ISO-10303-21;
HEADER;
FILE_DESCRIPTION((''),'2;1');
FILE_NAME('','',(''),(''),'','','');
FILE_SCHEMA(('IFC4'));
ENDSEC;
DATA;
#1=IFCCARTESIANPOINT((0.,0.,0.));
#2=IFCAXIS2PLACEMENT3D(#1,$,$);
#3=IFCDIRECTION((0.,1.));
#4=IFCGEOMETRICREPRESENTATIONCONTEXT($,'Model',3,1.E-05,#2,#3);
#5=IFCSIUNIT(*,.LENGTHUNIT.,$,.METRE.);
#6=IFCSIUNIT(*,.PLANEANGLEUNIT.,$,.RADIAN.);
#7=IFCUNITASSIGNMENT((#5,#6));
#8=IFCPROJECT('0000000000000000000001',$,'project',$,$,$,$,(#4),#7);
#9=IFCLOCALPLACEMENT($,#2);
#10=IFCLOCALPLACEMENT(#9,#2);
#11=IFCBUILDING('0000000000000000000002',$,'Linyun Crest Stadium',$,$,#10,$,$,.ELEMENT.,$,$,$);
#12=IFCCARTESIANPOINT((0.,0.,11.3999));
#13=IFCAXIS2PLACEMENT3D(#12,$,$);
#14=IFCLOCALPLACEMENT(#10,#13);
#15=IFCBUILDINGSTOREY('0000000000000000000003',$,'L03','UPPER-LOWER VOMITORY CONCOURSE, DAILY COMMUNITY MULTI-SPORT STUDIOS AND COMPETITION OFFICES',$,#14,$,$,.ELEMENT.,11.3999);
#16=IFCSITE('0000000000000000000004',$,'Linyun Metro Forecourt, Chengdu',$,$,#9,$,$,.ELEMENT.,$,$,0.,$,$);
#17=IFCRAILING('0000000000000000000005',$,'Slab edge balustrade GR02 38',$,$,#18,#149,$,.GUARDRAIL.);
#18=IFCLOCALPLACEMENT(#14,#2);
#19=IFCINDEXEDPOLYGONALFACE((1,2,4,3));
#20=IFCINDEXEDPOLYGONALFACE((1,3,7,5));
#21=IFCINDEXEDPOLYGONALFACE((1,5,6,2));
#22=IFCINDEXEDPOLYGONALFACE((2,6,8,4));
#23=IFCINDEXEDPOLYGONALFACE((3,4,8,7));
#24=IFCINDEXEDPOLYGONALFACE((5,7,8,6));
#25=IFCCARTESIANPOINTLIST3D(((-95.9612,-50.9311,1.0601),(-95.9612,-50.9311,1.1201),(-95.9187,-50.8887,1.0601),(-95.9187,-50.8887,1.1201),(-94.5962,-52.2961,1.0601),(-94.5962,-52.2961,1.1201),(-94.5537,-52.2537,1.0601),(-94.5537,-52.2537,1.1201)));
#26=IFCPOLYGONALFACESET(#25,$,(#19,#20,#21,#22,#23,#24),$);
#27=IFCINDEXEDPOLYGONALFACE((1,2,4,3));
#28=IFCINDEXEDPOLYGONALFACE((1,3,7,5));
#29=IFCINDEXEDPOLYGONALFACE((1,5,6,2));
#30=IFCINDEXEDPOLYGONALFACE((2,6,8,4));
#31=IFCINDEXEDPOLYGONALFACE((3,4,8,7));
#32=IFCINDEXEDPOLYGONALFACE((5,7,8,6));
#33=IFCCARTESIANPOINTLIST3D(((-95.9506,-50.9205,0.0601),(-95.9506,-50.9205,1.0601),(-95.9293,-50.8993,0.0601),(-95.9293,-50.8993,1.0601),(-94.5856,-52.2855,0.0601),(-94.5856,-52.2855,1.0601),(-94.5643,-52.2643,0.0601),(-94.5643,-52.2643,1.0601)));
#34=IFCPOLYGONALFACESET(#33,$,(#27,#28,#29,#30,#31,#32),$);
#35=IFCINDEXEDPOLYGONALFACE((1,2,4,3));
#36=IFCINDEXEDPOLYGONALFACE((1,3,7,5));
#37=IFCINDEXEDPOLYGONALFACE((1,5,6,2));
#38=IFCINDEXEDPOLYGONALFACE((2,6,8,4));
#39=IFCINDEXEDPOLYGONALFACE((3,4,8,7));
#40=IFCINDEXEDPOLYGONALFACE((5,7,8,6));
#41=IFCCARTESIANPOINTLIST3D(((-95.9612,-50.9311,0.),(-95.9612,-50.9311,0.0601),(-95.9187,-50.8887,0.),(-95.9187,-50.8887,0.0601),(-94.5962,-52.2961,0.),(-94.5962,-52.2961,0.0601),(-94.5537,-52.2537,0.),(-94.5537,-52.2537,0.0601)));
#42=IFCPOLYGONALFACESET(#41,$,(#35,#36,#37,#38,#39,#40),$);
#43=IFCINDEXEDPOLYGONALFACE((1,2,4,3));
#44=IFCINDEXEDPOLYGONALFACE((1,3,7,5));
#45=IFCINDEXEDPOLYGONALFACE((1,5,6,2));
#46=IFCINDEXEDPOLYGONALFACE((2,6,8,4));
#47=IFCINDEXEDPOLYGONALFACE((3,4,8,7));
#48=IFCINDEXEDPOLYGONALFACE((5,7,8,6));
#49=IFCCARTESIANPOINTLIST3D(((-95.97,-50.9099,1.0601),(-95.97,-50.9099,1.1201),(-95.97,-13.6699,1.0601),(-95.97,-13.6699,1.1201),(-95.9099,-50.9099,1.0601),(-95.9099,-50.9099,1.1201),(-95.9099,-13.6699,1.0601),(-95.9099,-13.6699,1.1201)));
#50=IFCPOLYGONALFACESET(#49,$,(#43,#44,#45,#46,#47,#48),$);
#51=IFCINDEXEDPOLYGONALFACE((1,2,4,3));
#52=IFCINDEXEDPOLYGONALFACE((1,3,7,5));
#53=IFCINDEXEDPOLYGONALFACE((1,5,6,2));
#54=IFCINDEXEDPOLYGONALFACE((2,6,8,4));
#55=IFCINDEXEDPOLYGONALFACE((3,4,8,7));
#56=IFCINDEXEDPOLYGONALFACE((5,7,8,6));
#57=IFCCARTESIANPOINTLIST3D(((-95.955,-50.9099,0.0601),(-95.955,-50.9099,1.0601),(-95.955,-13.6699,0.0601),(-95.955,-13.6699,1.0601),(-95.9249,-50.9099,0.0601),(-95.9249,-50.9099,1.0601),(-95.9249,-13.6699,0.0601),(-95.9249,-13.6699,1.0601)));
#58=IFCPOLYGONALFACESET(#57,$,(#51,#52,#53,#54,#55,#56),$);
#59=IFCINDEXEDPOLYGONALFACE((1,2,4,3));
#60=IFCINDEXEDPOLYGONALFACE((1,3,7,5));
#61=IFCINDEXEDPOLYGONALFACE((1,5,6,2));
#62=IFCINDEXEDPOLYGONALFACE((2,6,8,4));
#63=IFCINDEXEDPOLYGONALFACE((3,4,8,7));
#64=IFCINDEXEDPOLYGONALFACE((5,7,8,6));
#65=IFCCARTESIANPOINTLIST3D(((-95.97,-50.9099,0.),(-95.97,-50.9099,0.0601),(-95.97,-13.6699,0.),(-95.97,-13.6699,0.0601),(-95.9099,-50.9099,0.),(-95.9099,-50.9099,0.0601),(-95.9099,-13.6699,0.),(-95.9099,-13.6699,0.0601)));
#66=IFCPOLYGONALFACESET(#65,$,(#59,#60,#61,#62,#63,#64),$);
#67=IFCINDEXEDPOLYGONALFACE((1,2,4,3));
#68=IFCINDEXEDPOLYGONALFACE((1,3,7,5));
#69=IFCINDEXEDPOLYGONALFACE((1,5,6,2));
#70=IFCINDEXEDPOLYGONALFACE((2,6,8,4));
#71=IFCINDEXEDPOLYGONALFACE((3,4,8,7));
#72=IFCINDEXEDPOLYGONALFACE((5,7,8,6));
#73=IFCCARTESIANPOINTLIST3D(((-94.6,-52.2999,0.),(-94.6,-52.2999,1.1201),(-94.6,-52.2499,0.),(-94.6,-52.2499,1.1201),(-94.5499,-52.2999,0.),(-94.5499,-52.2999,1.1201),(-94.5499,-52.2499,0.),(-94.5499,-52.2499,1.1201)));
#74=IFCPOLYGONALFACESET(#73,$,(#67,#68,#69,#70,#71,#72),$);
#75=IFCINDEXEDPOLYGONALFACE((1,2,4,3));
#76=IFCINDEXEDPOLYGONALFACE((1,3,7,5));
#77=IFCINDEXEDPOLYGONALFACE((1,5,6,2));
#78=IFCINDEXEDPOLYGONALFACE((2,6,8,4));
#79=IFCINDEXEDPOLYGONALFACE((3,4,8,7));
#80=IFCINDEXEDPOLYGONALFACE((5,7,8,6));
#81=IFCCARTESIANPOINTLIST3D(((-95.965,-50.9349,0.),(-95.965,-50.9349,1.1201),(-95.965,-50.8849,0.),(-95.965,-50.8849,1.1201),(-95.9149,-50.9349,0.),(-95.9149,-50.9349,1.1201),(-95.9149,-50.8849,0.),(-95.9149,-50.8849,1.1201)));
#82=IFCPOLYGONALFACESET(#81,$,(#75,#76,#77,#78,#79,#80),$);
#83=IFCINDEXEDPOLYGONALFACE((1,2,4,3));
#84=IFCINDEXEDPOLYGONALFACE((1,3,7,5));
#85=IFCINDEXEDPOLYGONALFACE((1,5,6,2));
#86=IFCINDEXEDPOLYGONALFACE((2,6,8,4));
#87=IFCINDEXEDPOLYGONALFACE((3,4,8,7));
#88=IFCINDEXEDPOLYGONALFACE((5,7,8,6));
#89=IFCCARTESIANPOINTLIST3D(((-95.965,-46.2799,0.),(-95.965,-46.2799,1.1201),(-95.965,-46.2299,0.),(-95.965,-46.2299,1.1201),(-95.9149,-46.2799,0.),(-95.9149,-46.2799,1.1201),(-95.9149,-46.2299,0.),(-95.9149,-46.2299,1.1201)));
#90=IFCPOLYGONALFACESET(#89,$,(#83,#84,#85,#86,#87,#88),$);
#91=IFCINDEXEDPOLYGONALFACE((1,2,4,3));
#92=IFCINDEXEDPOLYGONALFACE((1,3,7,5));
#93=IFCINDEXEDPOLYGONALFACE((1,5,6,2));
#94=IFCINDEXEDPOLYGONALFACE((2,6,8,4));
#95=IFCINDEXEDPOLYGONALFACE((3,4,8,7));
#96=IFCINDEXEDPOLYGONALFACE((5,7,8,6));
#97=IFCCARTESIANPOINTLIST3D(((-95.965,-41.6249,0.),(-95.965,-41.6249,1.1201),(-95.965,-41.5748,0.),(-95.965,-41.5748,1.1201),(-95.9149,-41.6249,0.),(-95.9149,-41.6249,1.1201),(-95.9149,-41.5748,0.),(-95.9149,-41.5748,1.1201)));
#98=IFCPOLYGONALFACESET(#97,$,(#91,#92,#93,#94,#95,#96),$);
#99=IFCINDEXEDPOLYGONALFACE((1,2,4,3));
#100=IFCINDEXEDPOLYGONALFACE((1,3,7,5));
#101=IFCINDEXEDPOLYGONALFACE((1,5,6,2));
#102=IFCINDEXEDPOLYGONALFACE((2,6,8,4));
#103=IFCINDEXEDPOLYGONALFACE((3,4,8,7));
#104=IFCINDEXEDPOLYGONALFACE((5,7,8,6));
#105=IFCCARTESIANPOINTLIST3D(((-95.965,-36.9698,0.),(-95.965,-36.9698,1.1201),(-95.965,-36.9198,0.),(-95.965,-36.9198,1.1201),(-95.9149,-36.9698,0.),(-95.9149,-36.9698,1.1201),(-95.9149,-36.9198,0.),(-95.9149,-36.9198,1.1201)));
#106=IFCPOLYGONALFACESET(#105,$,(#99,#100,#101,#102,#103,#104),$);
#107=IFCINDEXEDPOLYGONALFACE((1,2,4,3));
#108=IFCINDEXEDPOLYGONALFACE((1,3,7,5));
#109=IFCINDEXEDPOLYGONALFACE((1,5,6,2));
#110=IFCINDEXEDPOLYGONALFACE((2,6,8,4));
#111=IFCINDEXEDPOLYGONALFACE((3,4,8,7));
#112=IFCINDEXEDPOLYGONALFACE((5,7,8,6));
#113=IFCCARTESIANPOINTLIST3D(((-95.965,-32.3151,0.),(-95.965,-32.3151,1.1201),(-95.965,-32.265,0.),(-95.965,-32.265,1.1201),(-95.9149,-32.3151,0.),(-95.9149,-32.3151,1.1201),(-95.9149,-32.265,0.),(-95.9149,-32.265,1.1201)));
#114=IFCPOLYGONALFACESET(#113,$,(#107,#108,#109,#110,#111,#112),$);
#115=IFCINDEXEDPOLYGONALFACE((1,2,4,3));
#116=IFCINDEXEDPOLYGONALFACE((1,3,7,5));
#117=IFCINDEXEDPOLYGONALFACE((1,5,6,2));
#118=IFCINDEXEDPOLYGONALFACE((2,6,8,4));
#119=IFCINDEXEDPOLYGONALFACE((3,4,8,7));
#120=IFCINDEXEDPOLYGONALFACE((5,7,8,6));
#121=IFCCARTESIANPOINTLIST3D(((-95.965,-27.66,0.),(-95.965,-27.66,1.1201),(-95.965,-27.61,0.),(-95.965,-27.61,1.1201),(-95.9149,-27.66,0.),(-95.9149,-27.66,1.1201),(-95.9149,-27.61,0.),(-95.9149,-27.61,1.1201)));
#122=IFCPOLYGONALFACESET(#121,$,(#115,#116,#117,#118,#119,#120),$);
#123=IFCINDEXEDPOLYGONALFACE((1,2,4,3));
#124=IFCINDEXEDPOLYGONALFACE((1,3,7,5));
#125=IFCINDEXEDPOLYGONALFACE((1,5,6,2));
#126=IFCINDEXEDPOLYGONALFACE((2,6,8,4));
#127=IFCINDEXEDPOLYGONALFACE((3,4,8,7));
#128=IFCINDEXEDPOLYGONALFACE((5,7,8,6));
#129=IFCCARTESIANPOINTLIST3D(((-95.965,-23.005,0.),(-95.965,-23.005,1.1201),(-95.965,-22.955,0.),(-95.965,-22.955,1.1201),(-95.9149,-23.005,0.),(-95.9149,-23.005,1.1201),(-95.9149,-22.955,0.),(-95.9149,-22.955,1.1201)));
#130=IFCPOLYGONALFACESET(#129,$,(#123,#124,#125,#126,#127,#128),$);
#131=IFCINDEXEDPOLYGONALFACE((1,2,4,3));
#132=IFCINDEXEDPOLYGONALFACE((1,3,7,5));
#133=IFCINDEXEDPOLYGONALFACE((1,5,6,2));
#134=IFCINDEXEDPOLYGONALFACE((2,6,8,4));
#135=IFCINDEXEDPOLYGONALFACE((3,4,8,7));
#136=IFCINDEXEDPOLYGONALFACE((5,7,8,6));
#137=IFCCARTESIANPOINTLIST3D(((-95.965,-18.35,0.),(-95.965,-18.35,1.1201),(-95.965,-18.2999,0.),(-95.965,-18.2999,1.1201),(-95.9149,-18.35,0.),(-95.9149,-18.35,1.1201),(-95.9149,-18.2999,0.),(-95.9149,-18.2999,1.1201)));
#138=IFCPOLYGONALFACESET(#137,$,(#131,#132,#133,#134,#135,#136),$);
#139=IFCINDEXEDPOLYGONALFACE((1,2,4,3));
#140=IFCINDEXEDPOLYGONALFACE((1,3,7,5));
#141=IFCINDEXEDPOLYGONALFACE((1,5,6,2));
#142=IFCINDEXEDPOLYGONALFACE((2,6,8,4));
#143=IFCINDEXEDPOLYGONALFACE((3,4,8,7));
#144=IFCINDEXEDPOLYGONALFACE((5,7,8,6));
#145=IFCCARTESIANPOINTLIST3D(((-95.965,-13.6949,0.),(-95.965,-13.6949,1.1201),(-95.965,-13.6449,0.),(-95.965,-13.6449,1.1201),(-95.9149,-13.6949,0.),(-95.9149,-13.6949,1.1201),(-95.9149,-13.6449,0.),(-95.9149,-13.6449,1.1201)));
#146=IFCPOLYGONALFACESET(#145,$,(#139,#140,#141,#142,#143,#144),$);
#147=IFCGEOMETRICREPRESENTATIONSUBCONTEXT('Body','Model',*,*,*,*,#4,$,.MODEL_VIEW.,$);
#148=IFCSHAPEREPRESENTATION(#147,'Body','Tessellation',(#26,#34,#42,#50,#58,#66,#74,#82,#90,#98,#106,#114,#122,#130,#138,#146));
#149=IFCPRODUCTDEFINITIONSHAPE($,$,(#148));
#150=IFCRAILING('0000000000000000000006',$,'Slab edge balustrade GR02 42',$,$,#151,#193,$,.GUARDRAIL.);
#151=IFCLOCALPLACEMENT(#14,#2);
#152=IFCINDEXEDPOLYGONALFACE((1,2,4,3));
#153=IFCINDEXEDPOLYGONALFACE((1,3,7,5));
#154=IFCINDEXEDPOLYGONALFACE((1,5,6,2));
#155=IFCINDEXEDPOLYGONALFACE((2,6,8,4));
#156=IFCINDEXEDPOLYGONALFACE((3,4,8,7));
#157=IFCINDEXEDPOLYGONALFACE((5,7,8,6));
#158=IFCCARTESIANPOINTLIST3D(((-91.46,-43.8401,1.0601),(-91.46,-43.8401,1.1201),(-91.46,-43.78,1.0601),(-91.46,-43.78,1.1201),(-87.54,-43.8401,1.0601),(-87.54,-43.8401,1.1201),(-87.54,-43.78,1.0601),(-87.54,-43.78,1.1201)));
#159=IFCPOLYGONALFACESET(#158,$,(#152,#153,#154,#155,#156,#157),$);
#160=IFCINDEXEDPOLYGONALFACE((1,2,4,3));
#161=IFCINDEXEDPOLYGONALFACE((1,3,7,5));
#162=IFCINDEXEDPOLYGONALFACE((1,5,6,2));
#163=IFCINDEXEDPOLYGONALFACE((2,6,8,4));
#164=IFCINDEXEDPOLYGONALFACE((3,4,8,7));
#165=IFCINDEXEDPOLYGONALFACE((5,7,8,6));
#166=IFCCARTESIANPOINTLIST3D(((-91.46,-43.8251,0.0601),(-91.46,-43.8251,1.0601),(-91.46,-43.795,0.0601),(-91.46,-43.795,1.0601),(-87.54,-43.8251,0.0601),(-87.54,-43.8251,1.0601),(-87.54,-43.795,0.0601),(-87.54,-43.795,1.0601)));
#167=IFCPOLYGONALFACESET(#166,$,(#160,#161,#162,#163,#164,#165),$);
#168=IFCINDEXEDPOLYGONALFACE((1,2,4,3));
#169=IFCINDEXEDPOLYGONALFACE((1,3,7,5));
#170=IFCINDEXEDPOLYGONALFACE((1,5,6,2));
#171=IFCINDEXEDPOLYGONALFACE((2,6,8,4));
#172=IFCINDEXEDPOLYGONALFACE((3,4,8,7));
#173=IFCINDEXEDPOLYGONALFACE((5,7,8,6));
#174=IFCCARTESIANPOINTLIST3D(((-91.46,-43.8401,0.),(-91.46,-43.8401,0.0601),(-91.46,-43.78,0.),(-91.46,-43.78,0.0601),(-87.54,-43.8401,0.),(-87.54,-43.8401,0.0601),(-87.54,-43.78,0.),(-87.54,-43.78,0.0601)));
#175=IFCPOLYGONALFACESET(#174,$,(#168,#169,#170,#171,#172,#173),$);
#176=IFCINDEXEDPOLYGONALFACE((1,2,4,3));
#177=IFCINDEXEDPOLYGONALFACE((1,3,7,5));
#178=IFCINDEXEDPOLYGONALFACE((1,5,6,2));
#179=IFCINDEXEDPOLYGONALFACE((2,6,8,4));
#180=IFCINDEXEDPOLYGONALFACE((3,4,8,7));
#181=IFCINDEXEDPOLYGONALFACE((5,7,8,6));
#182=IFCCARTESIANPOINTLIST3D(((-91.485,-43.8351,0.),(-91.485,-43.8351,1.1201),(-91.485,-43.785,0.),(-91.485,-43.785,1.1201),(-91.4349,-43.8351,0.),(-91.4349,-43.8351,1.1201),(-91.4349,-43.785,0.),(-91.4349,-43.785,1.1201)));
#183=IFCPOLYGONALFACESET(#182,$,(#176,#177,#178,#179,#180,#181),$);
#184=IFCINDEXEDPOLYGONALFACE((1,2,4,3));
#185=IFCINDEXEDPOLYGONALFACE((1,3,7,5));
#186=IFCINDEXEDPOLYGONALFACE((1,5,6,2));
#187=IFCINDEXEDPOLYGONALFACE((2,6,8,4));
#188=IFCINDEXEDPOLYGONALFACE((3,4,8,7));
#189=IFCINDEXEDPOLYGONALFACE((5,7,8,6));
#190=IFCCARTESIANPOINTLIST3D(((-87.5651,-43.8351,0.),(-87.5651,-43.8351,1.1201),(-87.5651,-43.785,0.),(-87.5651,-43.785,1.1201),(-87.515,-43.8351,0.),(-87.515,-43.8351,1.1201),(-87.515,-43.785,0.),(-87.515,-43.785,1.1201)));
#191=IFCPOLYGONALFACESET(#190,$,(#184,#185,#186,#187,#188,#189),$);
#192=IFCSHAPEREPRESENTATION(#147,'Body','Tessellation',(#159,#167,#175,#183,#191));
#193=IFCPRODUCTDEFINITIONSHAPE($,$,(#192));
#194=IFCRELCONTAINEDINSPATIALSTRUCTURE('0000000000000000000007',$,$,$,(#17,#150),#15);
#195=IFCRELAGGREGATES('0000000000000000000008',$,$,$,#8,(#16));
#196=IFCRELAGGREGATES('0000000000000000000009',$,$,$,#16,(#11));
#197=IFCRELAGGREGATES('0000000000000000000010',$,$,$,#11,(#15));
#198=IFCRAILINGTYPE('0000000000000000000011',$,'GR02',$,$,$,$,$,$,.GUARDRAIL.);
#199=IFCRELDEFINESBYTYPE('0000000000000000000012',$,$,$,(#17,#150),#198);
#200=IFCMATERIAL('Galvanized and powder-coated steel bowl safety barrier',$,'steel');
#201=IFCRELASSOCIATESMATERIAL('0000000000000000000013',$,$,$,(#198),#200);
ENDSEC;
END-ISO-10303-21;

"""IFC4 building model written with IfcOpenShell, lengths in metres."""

from ifc_helpers import new_model, si_unit, direction, frame, origin, origin_2d, place, context, subcontext, project, spatial, rectangle, extrude, material, type_object, element, save


model = new_model("IFC4")

# Units and contexts
model_context = context("Model", 3, precision=1e-05, world=origin(), true_north=direction((0.0, 1.0)))
body_context = subcontext(model_context, "Body", "Model", "MODEL_VIEW")
ifc_project = project(units=[si_unit("LENGTHUNIT", "METRE"), si_unit("PLANEANGLEUNIT", "RADIAN")], contexts=[model_context])

# Site, building, storey
site_placement = place(None, origin())
site = spatial("IfcSite", under=ifc_project, at=site_placement, Name="Linyun Metro Forecourt, Chengdu", CompositionType="ELEMENT", RefElevation=0.0)
building_placement = place(site_placement, origin())
building = spatial("IfcBuilding", under=site, at=building_placement, Name="Linyun Crest Stadium", CompositionType="ELEMENT")
storey_placement = place(building_placement, frame((0.0, 0.0, 11.3999)))
storey = spatial("IfcBuildingStorey", under=building, at=storey_placement, Name="L03", Description="UPPER-LOWER VOMITORY CONCOURSE, DAILY COMMUNITY MULTI-SPORT STUDIOS AND COMPETITION OFFICES", CompositionType="ELEMENT", Elevation=11.3999)

# Railings
ifc_material_1 = material(Name="Galvanized and powder-coated steel bowl safety barrier", Category="steel")
railing_type_1 = type_object("IfcRailingType", Name="GR02", PredefinedType="GUARDRAIL", material=ifc_material_1)
railing_1_placement = place(storey_placement, frame((-94.575, -52.2749, 0.0)))
element("IfcRailing", 1, at=railing_1_placement, inside=storey, type_object=railing_type_1, Name="Slab edge balustrade GR02 38", PredefinedType="GUARDRAIL", context=body_context, shape_type="SweptSolid", body=[
    extrude(rectangle(XDim=0.0601, YDim=0.0601, at=origin_2d()), frame((0.0, 0.0, 1.0901), z_axis=(-0.707107, 0.707107, 0.0), x_axis=(-0.707107, -0.707107, 0.0)), (0.0, 0.0, 1.0), 1.9304),
    extrude(rectangle(XDim=0.03, YDim=1.0, at=origin_2d()), frame((0.0, 0.0, 0.5601), z_axis=(-0.707107, 0.707107, 0.0), x_axis=(-0.707107, -0.707107, 0.0)), (0.0, 0.0, 1.0), 1.9304),
    extrude(rectangle(XDim=0.0601, YDim=0.0601, at=origin_2d()), frame((0.0, 0.0, 0.03), z_axis=(-0.707107, 0.707107, 0.0), x_axis=(-0.707107, -0.707107, 0.0)), (0.0, 0.0, 1.0), 1.9304),
    extrude(rectangle(XDim=0.0601, YDim=0.0601, at=origin_2d()), frame((-1.365, 1.365, 1.0901), z_axis=(0.0, 1.0, 0.0), x_axis=(-1.0, 0.0, 0.0)), (0.0, 0.0, 1.0), 37.24),
    extrude(rectangle(XDim=0.03, YDim=1.0, at=origin_2d()), frame((-1.365, 1.365, 0.5601), z_axis=(0.0, 1.0, 0.0), x_axis=(-1.0, 0.0, 0.0)), (0.0, 0.0, 1.0), 37.24),
    extrude(rectangle(XDim=0.0601, YDim=0.0601, at=origin_2d()), frame((-1.365, 1.365, 0.03), z_axis=(0.0, 1.0, 0.0), x_axis=(-1.0, 0.0, 0.0)), (0.0, 0.0, 1.0), 37.24),
    extrude(rectangle(XDim=0.05, YDim=0.05, at=origin_2d()), origin(), (0.0, 0.0, 1.0), 1.1201),
    extrude(rectangle(XDim=0.05, YDim=0.05, at=origin_2d()), frame((-1.365, 1.365, 0.0)), (0.0, 0.0, 1.0), 1.1201),
    extrude(rectangle(XDim=0.05, YDim=0.05, at=origin_2d()), frame((-1.365, 6.02, 0.0)), (0.0, 0.0, 1.0), 1.1201),
    extrude(rectangle(XDim=0.05, YDim=0.05, at=origin_2d()), frame((-1.365, 10.675, 0.0)), (0.0, 0.0, 1.0), 1.1201),
    extrude(rectangle(XDim=0.05, YDim=0.05, at=origin_2d()), frame((-1.365, 15.3301, 0.0)), (0.0, 0.0, 1.0), 1.1201),
    extrude(rectangle(XDim=0.05, YDim=0.05, at=origin_2d()), frame((-1.365, 19.9849, 0.0)), (0.0, 0.0, 1.0), 1.1201),
    extrude(rectangle(XDim=0.05, YDim=0.05, at=origin_2d()), frame((-1.365, 24.6399, 0.0)), (0.0, 0.0, 1.0), 1.1201),
    extrude(rectangle(XDim=0.05, YDim=0.05, at=origin_2d()), frame((-1.365, 29.2949, 0.0)), (0.0, 0.0, 1.0), 1.1201),
    extrude(rectangle(XDim=0.05, YDim=0.05, at=origin_2d()), frame((-1.365, 33.95, 0.0)), (0.0, 0.0, 1.0), 1.1201),
    extrude(rectangle(XDim=0.05, YDim=0.05, at=origin_2d()), frame((-1.365, 38.605, 0.0)), (0.0, 0.0, 1.0), 1.1201),
])
railing_2_placement = place(storey_placement, frame((-91.46, -43.8101, 0.0)))
element("IfcRailing", 2, at=railing_2_placement, inside=storey, type_object=railing_type_1, Name="Slab edge balustrade GR02 42", PredefinedType="GUARDRAIL", context=body_context, shape_type="SweptSolid", body=[
    extrude(rectangle(XDim=0.0601, YDim=0.0601, at=origin_2d()), frame((0.0, 0.0, 1.0901), z_axis=(1.0, 0.0, 0.0), x_axis=(0.0, 1.0, 0.0)), (0.0, 0.0, 1.0), 3.9199),
    extrude(rectangle(XDim=0.03, YDim=1.0, at=origin_2d()), frame((0.0, 0.0, 0.5601), z_axis=(1.0, 0.0, 0.0), x_axis=(0.0, 1.0, 0.0)), (0.0, 0.0, 1.0), 3.9199),
    extrude(rectangle(XDim=0.0601, YDim=0.0601, at=origin_2d()), frame((0.0, 0.0, 0.03), z_axis=(1.0, 0.0, 0.0), x_axis=(0.0, 1.0, 0.0)), (0.0, 0.0, 1.0), 3.9199),
    extrude(rectangle(XDim=0.05, YDim=0.05, at=origin_2d()), origin(), (0.0, 0.0, 1.0), 1.1201),
    extrude(rectangle(XDim=0.05, YDim=0.05, at=origin_2d()), frame((3.9199, 0.0, 0.0)), (0.0, 0.0, 1.0), 1.1201),
])

save(model, "model.ifc")
